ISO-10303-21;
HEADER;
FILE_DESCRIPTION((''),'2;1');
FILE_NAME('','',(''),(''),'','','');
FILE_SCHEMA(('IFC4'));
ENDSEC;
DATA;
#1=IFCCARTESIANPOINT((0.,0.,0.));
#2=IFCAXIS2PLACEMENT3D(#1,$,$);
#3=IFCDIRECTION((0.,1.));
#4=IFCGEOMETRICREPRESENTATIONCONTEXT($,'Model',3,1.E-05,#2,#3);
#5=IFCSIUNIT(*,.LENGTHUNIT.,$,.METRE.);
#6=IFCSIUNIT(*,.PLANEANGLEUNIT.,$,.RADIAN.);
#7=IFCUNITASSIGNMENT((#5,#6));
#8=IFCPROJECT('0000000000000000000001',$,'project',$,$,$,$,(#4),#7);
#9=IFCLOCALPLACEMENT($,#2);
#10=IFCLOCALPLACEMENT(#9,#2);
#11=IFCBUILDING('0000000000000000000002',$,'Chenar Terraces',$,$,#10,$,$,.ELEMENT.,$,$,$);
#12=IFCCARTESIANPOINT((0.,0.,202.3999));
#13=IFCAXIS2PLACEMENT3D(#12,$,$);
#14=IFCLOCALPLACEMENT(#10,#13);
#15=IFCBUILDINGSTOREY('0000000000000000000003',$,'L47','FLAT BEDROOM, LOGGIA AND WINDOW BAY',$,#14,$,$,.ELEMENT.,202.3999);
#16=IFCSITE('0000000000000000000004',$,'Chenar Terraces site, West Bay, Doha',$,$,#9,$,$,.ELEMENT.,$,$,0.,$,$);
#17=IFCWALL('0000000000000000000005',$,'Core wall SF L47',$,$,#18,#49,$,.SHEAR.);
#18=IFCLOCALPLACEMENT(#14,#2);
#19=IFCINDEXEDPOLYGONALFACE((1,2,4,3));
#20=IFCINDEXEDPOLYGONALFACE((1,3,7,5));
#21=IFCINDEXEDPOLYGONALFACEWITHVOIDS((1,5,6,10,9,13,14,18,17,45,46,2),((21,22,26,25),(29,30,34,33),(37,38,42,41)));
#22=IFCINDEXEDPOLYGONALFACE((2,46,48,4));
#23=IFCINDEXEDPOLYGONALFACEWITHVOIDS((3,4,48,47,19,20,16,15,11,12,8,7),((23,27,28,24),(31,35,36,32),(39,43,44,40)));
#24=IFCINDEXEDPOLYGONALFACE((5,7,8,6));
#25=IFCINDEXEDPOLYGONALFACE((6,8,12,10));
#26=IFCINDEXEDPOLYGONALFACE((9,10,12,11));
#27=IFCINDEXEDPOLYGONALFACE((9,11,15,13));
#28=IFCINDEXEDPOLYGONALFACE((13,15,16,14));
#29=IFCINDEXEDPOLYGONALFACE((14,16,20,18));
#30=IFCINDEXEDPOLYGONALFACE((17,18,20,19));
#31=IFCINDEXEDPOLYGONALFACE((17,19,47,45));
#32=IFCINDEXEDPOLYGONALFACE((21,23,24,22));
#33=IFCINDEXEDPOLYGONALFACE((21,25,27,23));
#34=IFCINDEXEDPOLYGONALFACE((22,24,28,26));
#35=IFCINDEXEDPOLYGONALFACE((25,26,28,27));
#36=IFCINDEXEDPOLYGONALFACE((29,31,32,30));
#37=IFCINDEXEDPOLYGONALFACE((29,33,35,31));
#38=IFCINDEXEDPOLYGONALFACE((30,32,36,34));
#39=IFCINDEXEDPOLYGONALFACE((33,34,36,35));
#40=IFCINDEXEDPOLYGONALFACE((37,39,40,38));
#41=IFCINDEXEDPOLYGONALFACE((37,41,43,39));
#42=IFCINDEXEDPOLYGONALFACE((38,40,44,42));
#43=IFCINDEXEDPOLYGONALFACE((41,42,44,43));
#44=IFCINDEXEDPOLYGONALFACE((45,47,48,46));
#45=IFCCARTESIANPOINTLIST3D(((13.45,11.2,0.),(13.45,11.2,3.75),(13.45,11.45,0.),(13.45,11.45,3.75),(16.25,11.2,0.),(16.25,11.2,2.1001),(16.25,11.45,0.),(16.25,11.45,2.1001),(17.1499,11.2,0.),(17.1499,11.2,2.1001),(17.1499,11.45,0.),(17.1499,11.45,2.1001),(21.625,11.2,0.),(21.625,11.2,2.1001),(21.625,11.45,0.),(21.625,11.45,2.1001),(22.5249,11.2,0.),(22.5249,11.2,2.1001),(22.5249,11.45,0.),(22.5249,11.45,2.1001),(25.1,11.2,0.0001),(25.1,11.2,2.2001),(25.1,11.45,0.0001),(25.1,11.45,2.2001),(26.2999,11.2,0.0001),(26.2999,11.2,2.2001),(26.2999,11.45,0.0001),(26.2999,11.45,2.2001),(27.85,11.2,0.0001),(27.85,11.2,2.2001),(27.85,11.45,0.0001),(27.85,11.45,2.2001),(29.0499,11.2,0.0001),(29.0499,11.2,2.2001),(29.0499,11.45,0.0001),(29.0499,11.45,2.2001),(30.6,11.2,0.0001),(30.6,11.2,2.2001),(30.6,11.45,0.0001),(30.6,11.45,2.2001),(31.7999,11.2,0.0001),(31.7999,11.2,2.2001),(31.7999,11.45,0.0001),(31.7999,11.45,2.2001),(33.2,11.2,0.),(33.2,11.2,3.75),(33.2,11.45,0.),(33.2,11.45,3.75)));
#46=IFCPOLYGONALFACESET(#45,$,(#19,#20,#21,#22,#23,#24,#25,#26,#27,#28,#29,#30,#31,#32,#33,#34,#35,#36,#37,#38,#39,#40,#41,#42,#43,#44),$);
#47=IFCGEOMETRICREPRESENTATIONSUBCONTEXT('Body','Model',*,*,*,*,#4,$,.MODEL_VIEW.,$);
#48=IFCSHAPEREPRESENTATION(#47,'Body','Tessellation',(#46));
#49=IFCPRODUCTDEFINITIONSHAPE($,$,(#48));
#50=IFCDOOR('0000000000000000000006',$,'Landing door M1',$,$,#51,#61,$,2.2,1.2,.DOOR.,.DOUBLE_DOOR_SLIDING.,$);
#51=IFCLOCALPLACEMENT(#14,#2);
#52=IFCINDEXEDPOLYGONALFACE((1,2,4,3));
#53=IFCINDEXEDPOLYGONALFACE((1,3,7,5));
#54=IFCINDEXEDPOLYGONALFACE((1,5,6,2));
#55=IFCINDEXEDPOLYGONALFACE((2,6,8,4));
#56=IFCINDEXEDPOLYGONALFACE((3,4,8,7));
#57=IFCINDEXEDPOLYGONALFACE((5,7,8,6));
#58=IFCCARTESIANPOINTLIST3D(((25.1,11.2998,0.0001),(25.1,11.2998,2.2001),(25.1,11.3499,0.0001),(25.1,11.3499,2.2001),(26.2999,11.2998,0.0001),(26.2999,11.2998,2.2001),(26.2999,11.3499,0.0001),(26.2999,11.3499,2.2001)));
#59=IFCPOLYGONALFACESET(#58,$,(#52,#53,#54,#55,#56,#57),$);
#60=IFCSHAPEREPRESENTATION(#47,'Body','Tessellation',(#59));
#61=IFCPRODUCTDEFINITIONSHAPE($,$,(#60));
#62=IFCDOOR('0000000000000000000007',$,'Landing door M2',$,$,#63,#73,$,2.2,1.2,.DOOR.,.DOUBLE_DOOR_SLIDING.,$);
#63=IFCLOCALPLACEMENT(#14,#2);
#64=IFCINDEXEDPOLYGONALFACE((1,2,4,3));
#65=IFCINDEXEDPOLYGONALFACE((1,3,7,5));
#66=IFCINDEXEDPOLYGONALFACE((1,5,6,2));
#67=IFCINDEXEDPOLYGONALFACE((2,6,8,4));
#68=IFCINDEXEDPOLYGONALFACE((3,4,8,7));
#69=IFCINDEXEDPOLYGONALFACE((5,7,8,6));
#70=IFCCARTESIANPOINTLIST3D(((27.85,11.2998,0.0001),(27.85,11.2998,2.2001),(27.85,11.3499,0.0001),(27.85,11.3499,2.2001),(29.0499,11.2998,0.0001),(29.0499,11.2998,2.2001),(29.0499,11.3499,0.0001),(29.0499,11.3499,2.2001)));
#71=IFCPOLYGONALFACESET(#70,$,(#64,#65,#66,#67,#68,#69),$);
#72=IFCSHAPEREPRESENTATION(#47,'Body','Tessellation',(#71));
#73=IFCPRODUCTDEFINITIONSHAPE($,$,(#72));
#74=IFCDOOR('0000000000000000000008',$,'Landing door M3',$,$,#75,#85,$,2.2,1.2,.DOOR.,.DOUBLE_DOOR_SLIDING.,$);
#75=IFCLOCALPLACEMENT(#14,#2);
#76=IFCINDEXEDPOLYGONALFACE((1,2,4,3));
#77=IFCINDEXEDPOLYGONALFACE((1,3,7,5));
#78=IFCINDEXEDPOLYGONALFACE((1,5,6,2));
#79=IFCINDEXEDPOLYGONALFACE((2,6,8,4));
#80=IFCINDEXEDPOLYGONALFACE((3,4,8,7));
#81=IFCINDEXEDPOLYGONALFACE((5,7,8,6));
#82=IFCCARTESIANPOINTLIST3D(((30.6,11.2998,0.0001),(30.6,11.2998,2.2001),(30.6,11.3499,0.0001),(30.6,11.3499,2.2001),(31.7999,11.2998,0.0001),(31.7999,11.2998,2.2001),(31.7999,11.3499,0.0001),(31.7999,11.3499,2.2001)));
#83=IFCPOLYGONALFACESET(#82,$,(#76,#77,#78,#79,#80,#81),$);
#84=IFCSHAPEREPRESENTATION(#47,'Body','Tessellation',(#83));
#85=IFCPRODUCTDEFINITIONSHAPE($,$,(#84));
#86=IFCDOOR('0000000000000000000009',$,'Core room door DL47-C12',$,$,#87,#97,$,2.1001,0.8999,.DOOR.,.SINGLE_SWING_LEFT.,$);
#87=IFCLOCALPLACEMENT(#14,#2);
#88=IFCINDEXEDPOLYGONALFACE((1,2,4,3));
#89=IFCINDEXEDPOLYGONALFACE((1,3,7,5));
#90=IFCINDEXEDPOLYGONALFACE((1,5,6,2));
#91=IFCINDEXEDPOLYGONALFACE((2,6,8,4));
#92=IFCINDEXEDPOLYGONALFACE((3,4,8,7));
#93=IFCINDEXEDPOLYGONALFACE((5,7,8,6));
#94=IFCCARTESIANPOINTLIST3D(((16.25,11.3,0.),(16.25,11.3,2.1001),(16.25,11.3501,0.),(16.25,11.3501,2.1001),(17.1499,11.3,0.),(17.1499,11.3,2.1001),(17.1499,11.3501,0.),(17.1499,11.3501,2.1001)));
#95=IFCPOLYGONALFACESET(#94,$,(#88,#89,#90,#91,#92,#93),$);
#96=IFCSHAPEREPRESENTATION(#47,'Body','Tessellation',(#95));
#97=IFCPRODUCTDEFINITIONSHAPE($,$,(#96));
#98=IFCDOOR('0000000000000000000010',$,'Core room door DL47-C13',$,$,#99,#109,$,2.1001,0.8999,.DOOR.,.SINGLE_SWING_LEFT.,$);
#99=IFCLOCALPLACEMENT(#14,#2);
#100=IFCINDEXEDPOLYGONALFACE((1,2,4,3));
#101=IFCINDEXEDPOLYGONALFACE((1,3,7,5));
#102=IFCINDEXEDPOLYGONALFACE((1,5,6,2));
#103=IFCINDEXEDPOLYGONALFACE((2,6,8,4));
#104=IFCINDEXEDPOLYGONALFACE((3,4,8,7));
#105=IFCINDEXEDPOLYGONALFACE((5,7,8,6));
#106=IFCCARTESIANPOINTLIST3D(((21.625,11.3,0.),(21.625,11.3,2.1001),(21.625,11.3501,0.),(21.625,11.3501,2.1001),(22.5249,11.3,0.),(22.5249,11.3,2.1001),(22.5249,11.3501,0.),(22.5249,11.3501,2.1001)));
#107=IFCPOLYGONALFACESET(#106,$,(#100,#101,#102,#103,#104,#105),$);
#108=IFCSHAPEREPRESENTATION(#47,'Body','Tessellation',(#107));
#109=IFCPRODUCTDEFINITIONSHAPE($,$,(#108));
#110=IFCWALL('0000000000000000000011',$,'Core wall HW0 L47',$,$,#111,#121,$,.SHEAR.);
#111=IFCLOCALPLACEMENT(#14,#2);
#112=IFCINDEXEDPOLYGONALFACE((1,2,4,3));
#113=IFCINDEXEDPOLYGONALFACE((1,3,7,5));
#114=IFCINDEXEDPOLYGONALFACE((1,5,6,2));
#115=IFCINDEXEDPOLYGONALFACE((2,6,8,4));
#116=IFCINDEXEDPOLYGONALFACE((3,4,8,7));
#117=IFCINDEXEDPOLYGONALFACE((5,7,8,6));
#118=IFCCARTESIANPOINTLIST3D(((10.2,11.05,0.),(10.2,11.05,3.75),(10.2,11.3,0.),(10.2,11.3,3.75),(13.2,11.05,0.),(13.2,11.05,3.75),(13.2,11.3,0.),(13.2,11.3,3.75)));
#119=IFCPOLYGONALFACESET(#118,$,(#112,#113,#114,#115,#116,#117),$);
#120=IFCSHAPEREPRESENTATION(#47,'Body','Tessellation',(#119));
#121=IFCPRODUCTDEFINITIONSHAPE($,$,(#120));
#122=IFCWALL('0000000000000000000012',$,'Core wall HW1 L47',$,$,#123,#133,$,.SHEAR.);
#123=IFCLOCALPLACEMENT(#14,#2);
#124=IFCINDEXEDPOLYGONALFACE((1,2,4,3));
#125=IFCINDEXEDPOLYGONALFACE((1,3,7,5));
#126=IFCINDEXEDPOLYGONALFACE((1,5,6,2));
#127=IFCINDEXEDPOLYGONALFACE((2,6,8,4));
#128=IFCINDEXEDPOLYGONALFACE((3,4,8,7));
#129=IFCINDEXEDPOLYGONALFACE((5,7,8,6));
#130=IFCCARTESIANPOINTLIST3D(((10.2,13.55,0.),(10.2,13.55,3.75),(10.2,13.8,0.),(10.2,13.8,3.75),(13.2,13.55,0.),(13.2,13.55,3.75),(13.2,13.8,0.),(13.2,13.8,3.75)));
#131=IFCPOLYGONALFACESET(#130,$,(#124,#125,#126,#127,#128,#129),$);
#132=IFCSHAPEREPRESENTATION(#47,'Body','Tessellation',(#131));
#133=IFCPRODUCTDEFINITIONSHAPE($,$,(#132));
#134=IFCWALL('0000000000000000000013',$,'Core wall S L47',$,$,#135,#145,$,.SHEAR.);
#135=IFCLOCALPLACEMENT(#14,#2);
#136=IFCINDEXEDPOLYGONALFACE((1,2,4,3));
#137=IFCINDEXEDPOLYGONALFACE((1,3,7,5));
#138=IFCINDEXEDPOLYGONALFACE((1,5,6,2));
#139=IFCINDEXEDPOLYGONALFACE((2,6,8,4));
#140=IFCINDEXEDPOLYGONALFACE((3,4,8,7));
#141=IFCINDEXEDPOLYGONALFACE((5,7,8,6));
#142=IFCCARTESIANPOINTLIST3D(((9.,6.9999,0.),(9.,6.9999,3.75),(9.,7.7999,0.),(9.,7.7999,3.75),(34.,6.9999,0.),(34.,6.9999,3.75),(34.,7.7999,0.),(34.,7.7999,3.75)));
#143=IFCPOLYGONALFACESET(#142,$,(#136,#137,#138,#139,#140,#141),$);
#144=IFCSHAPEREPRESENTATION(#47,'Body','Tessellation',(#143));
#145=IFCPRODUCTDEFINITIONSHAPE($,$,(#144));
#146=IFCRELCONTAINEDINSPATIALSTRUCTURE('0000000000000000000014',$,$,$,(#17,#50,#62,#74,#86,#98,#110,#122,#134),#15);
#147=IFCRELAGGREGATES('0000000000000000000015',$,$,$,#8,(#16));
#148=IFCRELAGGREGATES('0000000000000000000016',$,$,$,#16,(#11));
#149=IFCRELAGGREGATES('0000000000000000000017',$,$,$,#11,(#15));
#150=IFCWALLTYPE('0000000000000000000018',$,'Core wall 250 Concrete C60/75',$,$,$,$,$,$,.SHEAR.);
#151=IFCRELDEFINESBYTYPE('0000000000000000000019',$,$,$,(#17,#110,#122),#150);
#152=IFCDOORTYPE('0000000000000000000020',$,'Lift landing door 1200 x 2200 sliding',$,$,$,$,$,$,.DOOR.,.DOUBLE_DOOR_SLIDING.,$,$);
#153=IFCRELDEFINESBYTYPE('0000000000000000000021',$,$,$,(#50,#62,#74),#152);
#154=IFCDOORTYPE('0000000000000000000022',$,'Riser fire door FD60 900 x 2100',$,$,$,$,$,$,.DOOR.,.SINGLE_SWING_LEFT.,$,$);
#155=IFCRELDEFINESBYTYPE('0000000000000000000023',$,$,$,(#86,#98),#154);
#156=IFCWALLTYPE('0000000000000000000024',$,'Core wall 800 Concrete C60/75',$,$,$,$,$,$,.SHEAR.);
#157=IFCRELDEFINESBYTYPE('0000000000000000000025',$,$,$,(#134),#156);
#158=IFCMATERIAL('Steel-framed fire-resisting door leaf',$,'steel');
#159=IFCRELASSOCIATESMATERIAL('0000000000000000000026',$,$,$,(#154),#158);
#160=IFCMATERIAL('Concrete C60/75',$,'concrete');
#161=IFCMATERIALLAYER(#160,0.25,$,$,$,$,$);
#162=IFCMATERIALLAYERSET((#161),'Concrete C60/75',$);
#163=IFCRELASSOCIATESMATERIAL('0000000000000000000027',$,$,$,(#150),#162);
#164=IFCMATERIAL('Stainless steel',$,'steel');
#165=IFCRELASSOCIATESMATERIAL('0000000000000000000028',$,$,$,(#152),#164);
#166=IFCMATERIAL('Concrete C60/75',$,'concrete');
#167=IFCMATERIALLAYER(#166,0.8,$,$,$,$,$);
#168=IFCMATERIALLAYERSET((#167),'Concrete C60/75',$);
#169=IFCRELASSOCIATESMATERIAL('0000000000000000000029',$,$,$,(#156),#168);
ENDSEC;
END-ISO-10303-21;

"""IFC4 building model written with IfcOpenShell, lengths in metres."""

from ifc_helpers import new_model, si_unit, direction, frame, frame_2d, origin, place, context, subcontext, project, spatial, rectangle, extrude, material, layer, layer_set, type_object, element, fill, save


model = new_model("IFC4")

# Units and contexts
model_context = context("Model", 3, precision=1e-05, world=origin(), true_north=direction((0.0, 1.0)))
body_context = subcontext(model_context, "Body", "Model", "MODEL_VIEW")
ifc_project = project(units=[si_unit("LENGTHUNIT", "METRE"), si_unit("PLANEANGLEUNIT", "RADIAN")], contexts=[model_context])

# Site, building, storey
site_placement = place(None, origin())
site = spatial("IfcSite", under=ifc_project, at=site_placement, Name="Chenar Terraces site, West Bay, Doha", CompositionType="ELEMENT", RefElevation=0.0)
building_placement = place(site_placement, origin())
building = spatial("IfcBuilding", under=site, at=building_placement, Name="Chenar Terraces", CompositionType="ELEMENT")
storey_placement = place(building_placement, frame((0.0, 0.0, 202.3999)))
storey = spatial("IfcBuildingStorey", under=building, at=storey_placement, Name="L47", Description="FLAT BEDROOM, LOGGIA AND WINDOW BAY", CompositionType="ELEMENT", Elevation=202.3999)

# Shared definitions
ifc_material_1 = material(Name="Steel-framed fire-resisting door leaf", Category="steel")
door_type_1 = type_object("IfcDoorType", Name="Riser fire door FD60 900 x 2100", OperationType="SINGLE_SWING_LEFT", PredefinedType="DOOR", material=ifc_material_1)

# Shared definitions
ifc_material_2 = material(Name="Concrete C60/75", Category="concrete")
ifc_layer_1 = layer(ifc_material_2, 0.25)
ifc_layer_set_1 = layer_set([ifc_layer_1], Name="Concrete C60/75")
wall_type_1 = type_object("IfcWallType", Name="Core wall 250 Concrete C60/75", PredefinedType="SHEAR", material=ifc_layer_set_1)

# Wall, openings, doors
wall_1_placement = place(storey_placement, frame((13.45, 11.325, 0.0), z_axis=(0.0, 0.0, 1.0), x_axis=(1.0, 0.0, 0.0)))
wall_1 = element("IfcWall", 1, at=wall_1_placement, inside=storey, type_object=wall_type_1, Name="Core wall SF L47", PredefinedType="SHEAR", context=body_context, shape_type="SweptSolid", body=[
    extrude(rectangle(XDim=19.75, YDim=0.25, at=frame_2d((9.875, 0.0))), origin(), (0.0, 0.0, 1.0), 3.75),
])
opening_1_placement = place(wall_1_placement, frame((11.6499, 0.0, 0.0)))
opening_1 = element("IfcOpeningElement", 2, at=opening_1_placement, cuts=wall_1, PredefinedType="OPENING", context=body_context, shape_type="SweptSolid", body=[
    extrude(rectangle(XDim=1.2, YDim=2.2, at=frame_2d((0.6001, 1.1001))), frame((0.0, 0.135, 0.0), z_axis=(0.0, -1.0, 0.0), x_axis=(1.0, 0.0, 0.0)), (0.0, 0.0, 1.0), 0.27),
])
opening_2_placement = place(wall_1_placement, frame((14.3999, 0.0, 0.0)))
opening_2 = element("IfcOpeningElement", 3, at=opening_2_placement, cuts=wall_1, PredefinedType="OPENING", context=body_context, shape_type="SweptSolid", body=[
    extrude(rectangle(XDim=1.2, YDim=2.2, at=frame_2d((0.6001, 1.1001))), frame((0.0, 0.135, 0.0), z_axis=(0.0, -1.0, 0.0), x_axis=(1.0, 0.0, 0.0)), (0.0, 0.0, 1.0), 0.27),
])
opening_3_placement = place(wall_1_placement, frame((17.1499, 0.0, 0.0)))
opening_3 = element("IfcOpeningElement", 4, at=opening_3_placement, cuts=wall_1, PredefinedType="OPENING", context=body_context, shape_type="SweptSolid", body=[
    extrude(rectangle(XDim=1.2, YDim=2.2, at=frame_2d((0.6001, 1.1001))), frame((0.0, 0.135, 0.0), z_axis=(0.0, -1.0, 0.0), x_axis=(1.0, 0.0, 0.0)), (0.0, 0.0, 1.0), 0.27),
])
opening_4_placement = place(wall_1_placement, frame((2.8, 0.0, 0.0)))
opening_4 = element("IfcOpeningElement", 5, at=opening_4_placement, cuts=wall_1, PredefinedType="OPENING", context=body_context, shape_type="SweptSolid", body=[
    extrude(rectangle(XDim=0.8999, YDim=2.1001, at=frame_2d((0.45, 1.05))), frame((0.0, 0.135, 0.0), z_axis=(0.0, -1.0, 0.0), x_axis=(1.0, 0.0, 0.0)), (0.0, 0.0, 1.0), 0.27),
])
opening_5_placement = place(wall_1_placement, frame((8.175, 0.0, 0.0)))
opening_5 = element("IfcOpeningElement", 6, at=opening_5_placement, cuts=wall_1, PredefinedType="OPENING", context=body_context, shape_type="SweptSolid", body=[
    extrude(rectangle(XDim=0.8999, YDim=2.1001, at=frame_2d((0.45, 1.05))), frame((0.0, 0.135, 0.0), z_axis=(0.0, -1.0, 0.0), x_axis=(1.0, 0.0, 0.0)), (0.0, 0.0, 1.0), 0.27),
])
ifc_material_3 = material(Name="Stainless steel", Category="steel")
door_type_2 = type_object("IfcDoorType", Name="Lift landing door 1200 x 2200 sliding", OperationType="DOUBLE_DOOR_SLIDING", PredefinedType="DOOR", material=ifc_material_3)
door_1_placement = place(opening_1_placement, origin())
door_1 = element("IfcDoor", 7, at=door_1_placement, inside=storey, type_object=door_type_2, Name="Landing door M1", OperationType="DOUBLE_DOOR_SLIDING", OverallHeight=2.2, OverallWidth=1.2, PredefinedType="DOOR", context=body_context, shape_type="SweptSolid", body=[
    extrude(rectangle(XDim=1.2, YDim=2.2, at=frame_2d((0.6001, 1.1001))), frame((0.0, 0.0249, 0.0), z_axis=(0.0, -1.0, 0.0), x_axis=(1.0, 0.0, 0.0)), (0.0, 0.0, 1.0), 0.05),
])
fill(opening_1, door_1)
door_2_placement = place(opening_2_placement, origin())
door_2 = element("IfcDoor", 8, at=door_2_placement, inside=storey, type_object=door_type_2, Name="Landing door M2", OperationType="DOUBLE_DOOR_SLIDING", OverallHeight=2.2, OverallWidth=1.2, PredefinedType="DOOR", context=body_context, shape_type="SweptSolid", body=[
    extrude(rectangle(XDim=1.2, YDim=2.2, at=frame_2d((0.6001, 1.1001))), frame((0.0, 0.0249, 0.0), z_axis=(0.0, -1.0, 0.0), x_axis=(1.0, 0.0, 0.0)), (0.0, 0.0, 1.0), 0.05),
])
fill(opening_2, door_2)
door_3_placement = place(opening_3_placement, origin())
door_3 = element("IfcDoor", 9, at=door_3_placement, inside=storey, type_object=door_type_2, Name="Landing door M3", OperationType="DOUBLE_DOOR_SLIDING", OverallHeight=2.2, OverallWidth=1.2, PredefinedType="DOOR", context=body_context, shape_type="SweptSolid", body=[
    extrude(rectangle(XDim=1.2, YDim=2.2, at=frame_2d((0.6001, 1.1001))), frame((0.0, 0.0249, 0.0), z_axis=(0.0, -1.0, 0.0), x_axis=(1.0, 0.0, 0.0)), (0.0, 0.0, 1.0), 0.05),
])
fill(opening_3, door_3)
door_4_placement = place(opening_4_placement, frame((0.8999, 0.0, 0.0), z_axis=(0.0, 0.0, 1.0), x_axis=(-1.0, 0.0, 0.0)))
door_4 = element("IfcDoor", 10, at=door_4_placement, inside=storey, type_object=door_type_1, Name="Core room door DL47-C12", OperationType="SINGLE_SWING_LEFT", OverallHeight=2.1001, OverallWidth=0.8999, PredefinedType="DOOR", context=body_context, shape_type="SweptSolid", body=[
    extrude(rectangle(XDim=0.8999, YDim=2.1001, at=frame_2d((0.45, 1.05))), frame((0.0, 0.0249, 0.0), z_axis=(0.0, -1.0, 0.0), x_axis=(1.0, 0.0, 0.0)), (0.0, 0.0, 1.0), 0.05),
])
fill(opening_4, door_4)
door_5_placement = place(opening_5_placement, frame((0.8999, 0.0, 0.0), z_axis=(0.0, 0.0, 1.0), x_axis=(-1.0, 0.0, 0.0)))
door_5 = element("IfcDoor", 11, at=door_5_placement, inside=storey, type_object=door_type_1, Name="Core room door DL47-C13", OperationType="SINGLE_SWING_LEFT", OverallHeight=2.1001, OverallWidth=0.8999, PredefinedType="DOOR", context=body_context, shape_type="SweptSolid", body=[
    extrude(rectangle(XDim=0.8999, YDim=2.1001, at=frame_2d((0.45, 1.05))), frame((0.0, 0.0249, 0.0), z_axis=(0.0, -1.0, 0.0), x_axis=(1.0, 0.0, 0.0)), (0.0, 0.0, 1.0), 0.05),
])
fill(opening_5, door_5)

# Walls
for number, where, z_axis, x_axis, name in (
    (12, (10.2, 11.175, 0.0), (0.0, 0.0, 1.0), (1.0, 0.0, 0.0), "Core wall HW0 L47"),
    (13, (10.2, 13.675, 0.0), (0.0, 0.0, 1.0), (1.0, 0.0, 0.0), "Core wall HW1 L47"),
):
    element("IfcWall", number, at=place(storey_placement, frame(where, z_axis=z_axis, x_axis=x_axis)), inside=storey, type_object=wall_type_1, Name=name, PredefinedType="SHEAR", context=body_context, shape_type="SweptSolid", body=[
        extrude(rectangle(XDim=3.0, YDim=0.25, at=frame_2d((1.5, 0.0))), origin(), (0.0, 0.0, 1.0), 3.75),
    ])
ifc_material_4 = material(Name="Concrete C60/75", Category="concrete")
ifc_layer_2 = layer(ifc_material_4, 0.8)
ifc_layer_set_2 = layer_set([ifc_layer_2], Name="Concrete C60/75")
wall_type_2 = type_object("IfcWallType", Name="Core wall 800 Concrete C60/75", PredefinedType="SHEAR", material=ifc_layer_set_2)
wall_2_placement = place(storey_placement, frame((9.0, 7.3999, 0.0), z_axis=(0.0, 0.0, 1.0), x_axis=(1.0, 0.0, 0.0)))
element("IfcWall", 14, at=wall_2_placement, inside=storey, type_object=wall_type_2, Name="Core wall S L47", PredefinedType="SHEAR", context=body_context, shape_type="SweptSolid", body=[
    extrude(rectangle(XDim=25.0, YDim=0.8, at=frame_2d((12.5, 0.0))), origin(), (0.0, 0.0, 1.0), 3.75),
])

save(model, "model.ifc")
